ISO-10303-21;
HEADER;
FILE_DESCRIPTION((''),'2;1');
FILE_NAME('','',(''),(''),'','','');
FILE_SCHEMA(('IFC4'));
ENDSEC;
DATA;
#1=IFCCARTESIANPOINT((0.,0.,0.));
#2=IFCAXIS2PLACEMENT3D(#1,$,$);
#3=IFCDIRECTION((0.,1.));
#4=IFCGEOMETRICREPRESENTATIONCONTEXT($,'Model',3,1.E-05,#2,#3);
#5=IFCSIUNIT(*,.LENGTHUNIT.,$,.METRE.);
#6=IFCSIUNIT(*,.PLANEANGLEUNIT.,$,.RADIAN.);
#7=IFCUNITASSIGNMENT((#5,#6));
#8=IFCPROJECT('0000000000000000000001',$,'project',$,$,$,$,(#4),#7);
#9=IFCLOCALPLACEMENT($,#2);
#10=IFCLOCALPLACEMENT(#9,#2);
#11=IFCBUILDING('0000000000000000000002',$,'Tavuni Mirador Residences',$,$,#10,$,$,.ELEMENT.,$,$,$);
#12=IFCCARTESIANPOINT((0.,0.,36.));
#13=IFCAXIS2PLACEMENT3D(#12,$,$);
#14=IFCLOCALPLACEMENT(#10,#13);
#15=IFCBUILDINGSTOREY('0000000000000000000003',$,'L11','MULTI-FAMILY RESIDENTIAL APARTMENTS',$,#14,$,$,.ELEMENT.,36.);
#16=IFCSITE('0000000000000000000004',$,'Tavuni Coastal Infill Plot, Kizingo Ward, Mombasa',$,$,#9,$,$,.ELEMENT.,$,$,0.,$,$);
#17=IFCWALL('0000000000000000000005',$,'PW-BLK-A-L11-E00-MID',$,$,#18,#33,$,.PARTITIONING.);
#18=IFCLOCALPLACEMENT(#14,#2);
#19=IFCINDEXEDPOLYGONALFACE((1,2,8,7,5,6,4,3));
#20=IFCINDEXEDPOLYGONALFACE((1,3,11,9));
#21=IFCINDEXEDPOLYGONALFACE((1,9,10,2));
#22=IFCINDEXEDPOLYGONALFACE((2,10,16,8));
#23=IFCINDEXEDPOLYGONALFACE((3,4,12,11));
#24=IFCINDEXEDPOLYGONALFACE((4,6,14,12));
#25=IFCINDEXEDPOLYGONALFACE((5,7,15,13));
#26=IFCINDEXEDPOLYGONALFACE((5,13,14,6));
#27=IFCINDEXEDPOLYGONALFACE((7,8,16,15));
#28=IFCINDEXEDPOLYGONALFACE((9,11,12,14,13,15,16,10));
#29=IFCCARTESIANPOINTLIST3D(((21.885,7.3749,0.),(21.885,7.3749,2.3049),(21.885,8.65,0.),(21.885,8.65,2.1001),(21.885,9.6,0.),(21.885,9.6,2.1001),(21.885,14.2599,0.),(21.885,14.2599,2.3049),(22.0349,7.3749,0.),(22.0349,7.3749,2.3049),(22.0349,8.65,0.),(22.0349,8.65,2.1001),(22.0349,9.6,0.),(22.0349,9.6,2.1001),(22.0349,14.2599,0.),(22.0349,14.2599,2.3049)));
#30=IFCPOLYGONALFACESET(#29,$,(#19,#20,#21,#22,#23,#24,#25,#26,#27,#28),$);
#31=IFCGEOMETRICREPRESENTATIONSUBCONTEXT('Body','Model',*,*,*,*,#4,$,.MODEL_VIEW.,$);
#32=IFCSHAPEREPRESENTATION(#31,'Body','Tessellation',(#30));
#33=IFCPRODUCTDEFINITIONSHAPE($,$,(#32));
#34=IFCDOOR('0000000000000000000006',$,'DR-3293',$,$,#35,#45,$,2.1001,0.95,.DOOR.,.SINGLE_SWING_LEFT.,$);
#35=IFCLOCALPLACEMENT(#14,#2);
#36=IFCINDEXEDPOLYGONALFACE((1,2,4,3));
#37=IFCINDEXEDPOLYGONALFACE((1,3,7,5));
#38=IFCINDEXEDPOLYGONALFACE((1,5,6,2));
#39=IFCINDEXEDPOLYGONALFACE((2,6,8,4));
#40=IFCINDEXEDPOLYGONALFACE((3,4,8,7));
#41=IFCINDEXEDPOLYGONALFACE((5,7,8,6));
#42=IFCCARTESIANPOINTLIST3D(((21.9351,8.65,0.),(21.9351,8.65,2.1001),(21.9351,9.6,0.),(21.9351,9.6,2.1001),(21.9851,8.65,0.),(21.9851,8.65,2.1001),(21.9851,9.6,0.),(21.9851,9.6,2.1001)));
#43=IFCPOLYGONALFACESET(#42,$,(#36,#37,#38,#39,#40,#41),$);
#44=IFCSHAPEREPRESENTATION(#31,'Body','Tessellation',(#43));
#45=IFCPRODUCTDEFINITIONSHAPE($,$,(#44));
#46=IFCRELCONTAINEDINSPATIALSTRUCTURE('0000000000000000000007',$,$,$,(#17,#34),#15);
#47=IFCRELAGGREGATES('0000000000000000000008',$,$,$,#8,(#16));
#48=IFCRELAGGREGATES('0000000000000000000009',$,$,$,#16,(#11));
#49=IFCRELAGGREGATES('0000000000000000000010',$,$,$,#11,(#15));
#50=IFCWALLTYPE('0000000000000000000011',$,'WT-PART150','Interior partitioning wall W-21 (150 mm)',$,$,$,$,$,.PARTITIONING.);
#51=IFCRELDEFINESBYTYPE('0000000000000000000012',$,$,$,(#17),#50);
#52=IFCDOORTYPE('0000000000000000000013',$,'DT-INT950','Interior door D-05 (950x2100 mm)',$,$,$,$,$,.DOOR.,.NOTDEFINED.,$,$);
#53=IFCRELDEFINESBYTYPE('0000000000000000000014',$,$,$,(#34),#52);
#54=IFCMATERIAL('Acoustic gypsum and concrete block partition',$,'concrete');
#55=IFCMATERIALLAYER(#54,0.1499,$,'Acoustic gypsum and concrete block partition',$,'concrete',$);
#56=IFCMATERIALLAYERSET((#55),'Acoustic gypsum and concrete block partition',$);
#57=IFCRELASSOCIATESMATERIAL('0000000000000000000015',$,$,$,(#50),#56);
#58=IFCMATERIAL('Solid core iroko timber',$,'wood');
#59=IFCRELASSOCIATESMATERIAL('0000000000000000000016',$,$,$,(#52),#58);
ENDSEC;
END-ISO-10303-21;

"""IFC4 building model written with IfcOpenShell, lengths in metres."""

from ifc_helpers import new_model, si_unit, direction, frame, frame_2d, origin, place, context, subcontext, project, spatial, rectangle, extrude, material, layer, layer_set, type_object, element, fill, save


model = new_model("IFC4")

# Units and contexts
model_context = context("Model", 3, precision=1e-05, world=origin(), true_north=direction((0.0, 1.0)))
body_context = subcontext(model_context, "Body", "Model", "MODEL_VIEW")
ifc_project = project(units=[si_unit("LENGTHUNIT", "METRE"), si_unit("PLANEANGLEUNIT", "RADIAN")], contexts=[model_context])

# Site, building, storey
site_placement = place(None, origin())
site = spatial("IfcSite", under=ifc_project, at=site_placement, Name="Tavuni Coastal Infill Plot, Kizingo Ward, Mombasa", CompositionType="ELEMENT", RefElevation=0.0)
building_placement = place(site_placement, origin())
building = spatial("IfcBuilding", under=site, at=building_placement, Name="Tavuni Mirador Residences", CompositionType="ELEMENT")
storey_placement = place(building_placement, frame((0.0, 0.0, 36.0)))
storey = spatial("IfcBuildingStorey", under=building, at=storey_placement, Name="L11", Description="MULTI-FAMILY RESIDENTIAL APARTMENTS", CompositionType="ELEMENT", Elevation=36.0)

# Shared definitions
ifc_material_1 = material(Name="Acoustic gypsum and concrete block partition", Category="concrete")
ifc_material_2 = material(Name="Solid core iroko timber", Category="wood")

# Wall, opening, door
ifc_layer_1 = layer(ifc_material_1, 0.1499, Name="Acoustic gypsum and concrete block partition", Category="concrete")
ifc_layer_set_1 = layer_set([ifc_layer_1], Name="Acoustic gypsum and concrete block partition")
wall_type_1 = type_object("IfcWallType", Name="WT-PART150", Description="Interior partitioning wall W-21 (150 mm)", PredefinedType="PARTITIONING", material=ifc_layer_set_1)
wall_1_placement = place(storey_placement, frame((21.96, 7.375, 0.0), z_axis=(0.0, 0.0, 1.0), x_axis=(0.0, 1.0, 0.0)))
wall_1 = element("IfcWall", 1, at=wall_1_placement, inside=storey, type_object=wall_type_1, Name="PW-BLK-A-L11-E00-MID", PredefinedType="PARTITIONING", context=body_context, shape_type="SweptSolid", body=[
    extrude(rectangle(XDim=6.885, YDim=0.1499, at=frame_2d((3.4424, 0.0))), origin(), (0.0, 0.0, 1.0), 2.3049),
])
opening_1_placement = place(wall_1_placement, frame((1.2749, 0.0, 0.0)))
opening_1 = element("IfcOpeningElement", 2, at=opening_1_placement, cuts=wall_1, PredefinedType="OPENING", context=body_context, shape_type="SweptSolid", body=[
    extrude(rectangle(XDim=0.95, YDim=2.1001, at=frame_2d((0.4751, 1.05))), frame((0.0, 0.085, 0.0), z_axis=(0.0, -1.0, 0.0), x_axis=(1.0, 0.0, 0.0)), (0.0, 0.0, 1.0), 0.1699),
])
door_type_1 = type_object("IfcDoorType", Name="DT-INT950", Description="Interior door D-05 (950x2100 mm)", OperationType="NOTDEFINED", PredefinedType="DOOR", material=ifc_material_2)
door_1_placement = place(opening_1_placement, origin())
door_1 = element("IfcDoor", 3, at=door_1_placement, inside=storey, type_object=door_type_1, Name="DR-3293", OperationType="SINGLE_SWING_LEFT", OverallHeight=2.1001, OverallWidth=0.95, PredefinedType="DOOR", context=body_context, shape_type="SweptSolid", body=[
    extrude(rectangle(XDim=0.95, YDim=2.1001, at=frame_2d((0.4751, 1.05))), frame((0.0, 0.0249, 0.0), z_axis=(0.0, -1.0, 0.0), x_axis=(1.0, 0.0, 0.0)), (0.0, 0.0, 1.0), 0.05),
])
fill(opening_1, door_1)

save(model, "model.ifc")
